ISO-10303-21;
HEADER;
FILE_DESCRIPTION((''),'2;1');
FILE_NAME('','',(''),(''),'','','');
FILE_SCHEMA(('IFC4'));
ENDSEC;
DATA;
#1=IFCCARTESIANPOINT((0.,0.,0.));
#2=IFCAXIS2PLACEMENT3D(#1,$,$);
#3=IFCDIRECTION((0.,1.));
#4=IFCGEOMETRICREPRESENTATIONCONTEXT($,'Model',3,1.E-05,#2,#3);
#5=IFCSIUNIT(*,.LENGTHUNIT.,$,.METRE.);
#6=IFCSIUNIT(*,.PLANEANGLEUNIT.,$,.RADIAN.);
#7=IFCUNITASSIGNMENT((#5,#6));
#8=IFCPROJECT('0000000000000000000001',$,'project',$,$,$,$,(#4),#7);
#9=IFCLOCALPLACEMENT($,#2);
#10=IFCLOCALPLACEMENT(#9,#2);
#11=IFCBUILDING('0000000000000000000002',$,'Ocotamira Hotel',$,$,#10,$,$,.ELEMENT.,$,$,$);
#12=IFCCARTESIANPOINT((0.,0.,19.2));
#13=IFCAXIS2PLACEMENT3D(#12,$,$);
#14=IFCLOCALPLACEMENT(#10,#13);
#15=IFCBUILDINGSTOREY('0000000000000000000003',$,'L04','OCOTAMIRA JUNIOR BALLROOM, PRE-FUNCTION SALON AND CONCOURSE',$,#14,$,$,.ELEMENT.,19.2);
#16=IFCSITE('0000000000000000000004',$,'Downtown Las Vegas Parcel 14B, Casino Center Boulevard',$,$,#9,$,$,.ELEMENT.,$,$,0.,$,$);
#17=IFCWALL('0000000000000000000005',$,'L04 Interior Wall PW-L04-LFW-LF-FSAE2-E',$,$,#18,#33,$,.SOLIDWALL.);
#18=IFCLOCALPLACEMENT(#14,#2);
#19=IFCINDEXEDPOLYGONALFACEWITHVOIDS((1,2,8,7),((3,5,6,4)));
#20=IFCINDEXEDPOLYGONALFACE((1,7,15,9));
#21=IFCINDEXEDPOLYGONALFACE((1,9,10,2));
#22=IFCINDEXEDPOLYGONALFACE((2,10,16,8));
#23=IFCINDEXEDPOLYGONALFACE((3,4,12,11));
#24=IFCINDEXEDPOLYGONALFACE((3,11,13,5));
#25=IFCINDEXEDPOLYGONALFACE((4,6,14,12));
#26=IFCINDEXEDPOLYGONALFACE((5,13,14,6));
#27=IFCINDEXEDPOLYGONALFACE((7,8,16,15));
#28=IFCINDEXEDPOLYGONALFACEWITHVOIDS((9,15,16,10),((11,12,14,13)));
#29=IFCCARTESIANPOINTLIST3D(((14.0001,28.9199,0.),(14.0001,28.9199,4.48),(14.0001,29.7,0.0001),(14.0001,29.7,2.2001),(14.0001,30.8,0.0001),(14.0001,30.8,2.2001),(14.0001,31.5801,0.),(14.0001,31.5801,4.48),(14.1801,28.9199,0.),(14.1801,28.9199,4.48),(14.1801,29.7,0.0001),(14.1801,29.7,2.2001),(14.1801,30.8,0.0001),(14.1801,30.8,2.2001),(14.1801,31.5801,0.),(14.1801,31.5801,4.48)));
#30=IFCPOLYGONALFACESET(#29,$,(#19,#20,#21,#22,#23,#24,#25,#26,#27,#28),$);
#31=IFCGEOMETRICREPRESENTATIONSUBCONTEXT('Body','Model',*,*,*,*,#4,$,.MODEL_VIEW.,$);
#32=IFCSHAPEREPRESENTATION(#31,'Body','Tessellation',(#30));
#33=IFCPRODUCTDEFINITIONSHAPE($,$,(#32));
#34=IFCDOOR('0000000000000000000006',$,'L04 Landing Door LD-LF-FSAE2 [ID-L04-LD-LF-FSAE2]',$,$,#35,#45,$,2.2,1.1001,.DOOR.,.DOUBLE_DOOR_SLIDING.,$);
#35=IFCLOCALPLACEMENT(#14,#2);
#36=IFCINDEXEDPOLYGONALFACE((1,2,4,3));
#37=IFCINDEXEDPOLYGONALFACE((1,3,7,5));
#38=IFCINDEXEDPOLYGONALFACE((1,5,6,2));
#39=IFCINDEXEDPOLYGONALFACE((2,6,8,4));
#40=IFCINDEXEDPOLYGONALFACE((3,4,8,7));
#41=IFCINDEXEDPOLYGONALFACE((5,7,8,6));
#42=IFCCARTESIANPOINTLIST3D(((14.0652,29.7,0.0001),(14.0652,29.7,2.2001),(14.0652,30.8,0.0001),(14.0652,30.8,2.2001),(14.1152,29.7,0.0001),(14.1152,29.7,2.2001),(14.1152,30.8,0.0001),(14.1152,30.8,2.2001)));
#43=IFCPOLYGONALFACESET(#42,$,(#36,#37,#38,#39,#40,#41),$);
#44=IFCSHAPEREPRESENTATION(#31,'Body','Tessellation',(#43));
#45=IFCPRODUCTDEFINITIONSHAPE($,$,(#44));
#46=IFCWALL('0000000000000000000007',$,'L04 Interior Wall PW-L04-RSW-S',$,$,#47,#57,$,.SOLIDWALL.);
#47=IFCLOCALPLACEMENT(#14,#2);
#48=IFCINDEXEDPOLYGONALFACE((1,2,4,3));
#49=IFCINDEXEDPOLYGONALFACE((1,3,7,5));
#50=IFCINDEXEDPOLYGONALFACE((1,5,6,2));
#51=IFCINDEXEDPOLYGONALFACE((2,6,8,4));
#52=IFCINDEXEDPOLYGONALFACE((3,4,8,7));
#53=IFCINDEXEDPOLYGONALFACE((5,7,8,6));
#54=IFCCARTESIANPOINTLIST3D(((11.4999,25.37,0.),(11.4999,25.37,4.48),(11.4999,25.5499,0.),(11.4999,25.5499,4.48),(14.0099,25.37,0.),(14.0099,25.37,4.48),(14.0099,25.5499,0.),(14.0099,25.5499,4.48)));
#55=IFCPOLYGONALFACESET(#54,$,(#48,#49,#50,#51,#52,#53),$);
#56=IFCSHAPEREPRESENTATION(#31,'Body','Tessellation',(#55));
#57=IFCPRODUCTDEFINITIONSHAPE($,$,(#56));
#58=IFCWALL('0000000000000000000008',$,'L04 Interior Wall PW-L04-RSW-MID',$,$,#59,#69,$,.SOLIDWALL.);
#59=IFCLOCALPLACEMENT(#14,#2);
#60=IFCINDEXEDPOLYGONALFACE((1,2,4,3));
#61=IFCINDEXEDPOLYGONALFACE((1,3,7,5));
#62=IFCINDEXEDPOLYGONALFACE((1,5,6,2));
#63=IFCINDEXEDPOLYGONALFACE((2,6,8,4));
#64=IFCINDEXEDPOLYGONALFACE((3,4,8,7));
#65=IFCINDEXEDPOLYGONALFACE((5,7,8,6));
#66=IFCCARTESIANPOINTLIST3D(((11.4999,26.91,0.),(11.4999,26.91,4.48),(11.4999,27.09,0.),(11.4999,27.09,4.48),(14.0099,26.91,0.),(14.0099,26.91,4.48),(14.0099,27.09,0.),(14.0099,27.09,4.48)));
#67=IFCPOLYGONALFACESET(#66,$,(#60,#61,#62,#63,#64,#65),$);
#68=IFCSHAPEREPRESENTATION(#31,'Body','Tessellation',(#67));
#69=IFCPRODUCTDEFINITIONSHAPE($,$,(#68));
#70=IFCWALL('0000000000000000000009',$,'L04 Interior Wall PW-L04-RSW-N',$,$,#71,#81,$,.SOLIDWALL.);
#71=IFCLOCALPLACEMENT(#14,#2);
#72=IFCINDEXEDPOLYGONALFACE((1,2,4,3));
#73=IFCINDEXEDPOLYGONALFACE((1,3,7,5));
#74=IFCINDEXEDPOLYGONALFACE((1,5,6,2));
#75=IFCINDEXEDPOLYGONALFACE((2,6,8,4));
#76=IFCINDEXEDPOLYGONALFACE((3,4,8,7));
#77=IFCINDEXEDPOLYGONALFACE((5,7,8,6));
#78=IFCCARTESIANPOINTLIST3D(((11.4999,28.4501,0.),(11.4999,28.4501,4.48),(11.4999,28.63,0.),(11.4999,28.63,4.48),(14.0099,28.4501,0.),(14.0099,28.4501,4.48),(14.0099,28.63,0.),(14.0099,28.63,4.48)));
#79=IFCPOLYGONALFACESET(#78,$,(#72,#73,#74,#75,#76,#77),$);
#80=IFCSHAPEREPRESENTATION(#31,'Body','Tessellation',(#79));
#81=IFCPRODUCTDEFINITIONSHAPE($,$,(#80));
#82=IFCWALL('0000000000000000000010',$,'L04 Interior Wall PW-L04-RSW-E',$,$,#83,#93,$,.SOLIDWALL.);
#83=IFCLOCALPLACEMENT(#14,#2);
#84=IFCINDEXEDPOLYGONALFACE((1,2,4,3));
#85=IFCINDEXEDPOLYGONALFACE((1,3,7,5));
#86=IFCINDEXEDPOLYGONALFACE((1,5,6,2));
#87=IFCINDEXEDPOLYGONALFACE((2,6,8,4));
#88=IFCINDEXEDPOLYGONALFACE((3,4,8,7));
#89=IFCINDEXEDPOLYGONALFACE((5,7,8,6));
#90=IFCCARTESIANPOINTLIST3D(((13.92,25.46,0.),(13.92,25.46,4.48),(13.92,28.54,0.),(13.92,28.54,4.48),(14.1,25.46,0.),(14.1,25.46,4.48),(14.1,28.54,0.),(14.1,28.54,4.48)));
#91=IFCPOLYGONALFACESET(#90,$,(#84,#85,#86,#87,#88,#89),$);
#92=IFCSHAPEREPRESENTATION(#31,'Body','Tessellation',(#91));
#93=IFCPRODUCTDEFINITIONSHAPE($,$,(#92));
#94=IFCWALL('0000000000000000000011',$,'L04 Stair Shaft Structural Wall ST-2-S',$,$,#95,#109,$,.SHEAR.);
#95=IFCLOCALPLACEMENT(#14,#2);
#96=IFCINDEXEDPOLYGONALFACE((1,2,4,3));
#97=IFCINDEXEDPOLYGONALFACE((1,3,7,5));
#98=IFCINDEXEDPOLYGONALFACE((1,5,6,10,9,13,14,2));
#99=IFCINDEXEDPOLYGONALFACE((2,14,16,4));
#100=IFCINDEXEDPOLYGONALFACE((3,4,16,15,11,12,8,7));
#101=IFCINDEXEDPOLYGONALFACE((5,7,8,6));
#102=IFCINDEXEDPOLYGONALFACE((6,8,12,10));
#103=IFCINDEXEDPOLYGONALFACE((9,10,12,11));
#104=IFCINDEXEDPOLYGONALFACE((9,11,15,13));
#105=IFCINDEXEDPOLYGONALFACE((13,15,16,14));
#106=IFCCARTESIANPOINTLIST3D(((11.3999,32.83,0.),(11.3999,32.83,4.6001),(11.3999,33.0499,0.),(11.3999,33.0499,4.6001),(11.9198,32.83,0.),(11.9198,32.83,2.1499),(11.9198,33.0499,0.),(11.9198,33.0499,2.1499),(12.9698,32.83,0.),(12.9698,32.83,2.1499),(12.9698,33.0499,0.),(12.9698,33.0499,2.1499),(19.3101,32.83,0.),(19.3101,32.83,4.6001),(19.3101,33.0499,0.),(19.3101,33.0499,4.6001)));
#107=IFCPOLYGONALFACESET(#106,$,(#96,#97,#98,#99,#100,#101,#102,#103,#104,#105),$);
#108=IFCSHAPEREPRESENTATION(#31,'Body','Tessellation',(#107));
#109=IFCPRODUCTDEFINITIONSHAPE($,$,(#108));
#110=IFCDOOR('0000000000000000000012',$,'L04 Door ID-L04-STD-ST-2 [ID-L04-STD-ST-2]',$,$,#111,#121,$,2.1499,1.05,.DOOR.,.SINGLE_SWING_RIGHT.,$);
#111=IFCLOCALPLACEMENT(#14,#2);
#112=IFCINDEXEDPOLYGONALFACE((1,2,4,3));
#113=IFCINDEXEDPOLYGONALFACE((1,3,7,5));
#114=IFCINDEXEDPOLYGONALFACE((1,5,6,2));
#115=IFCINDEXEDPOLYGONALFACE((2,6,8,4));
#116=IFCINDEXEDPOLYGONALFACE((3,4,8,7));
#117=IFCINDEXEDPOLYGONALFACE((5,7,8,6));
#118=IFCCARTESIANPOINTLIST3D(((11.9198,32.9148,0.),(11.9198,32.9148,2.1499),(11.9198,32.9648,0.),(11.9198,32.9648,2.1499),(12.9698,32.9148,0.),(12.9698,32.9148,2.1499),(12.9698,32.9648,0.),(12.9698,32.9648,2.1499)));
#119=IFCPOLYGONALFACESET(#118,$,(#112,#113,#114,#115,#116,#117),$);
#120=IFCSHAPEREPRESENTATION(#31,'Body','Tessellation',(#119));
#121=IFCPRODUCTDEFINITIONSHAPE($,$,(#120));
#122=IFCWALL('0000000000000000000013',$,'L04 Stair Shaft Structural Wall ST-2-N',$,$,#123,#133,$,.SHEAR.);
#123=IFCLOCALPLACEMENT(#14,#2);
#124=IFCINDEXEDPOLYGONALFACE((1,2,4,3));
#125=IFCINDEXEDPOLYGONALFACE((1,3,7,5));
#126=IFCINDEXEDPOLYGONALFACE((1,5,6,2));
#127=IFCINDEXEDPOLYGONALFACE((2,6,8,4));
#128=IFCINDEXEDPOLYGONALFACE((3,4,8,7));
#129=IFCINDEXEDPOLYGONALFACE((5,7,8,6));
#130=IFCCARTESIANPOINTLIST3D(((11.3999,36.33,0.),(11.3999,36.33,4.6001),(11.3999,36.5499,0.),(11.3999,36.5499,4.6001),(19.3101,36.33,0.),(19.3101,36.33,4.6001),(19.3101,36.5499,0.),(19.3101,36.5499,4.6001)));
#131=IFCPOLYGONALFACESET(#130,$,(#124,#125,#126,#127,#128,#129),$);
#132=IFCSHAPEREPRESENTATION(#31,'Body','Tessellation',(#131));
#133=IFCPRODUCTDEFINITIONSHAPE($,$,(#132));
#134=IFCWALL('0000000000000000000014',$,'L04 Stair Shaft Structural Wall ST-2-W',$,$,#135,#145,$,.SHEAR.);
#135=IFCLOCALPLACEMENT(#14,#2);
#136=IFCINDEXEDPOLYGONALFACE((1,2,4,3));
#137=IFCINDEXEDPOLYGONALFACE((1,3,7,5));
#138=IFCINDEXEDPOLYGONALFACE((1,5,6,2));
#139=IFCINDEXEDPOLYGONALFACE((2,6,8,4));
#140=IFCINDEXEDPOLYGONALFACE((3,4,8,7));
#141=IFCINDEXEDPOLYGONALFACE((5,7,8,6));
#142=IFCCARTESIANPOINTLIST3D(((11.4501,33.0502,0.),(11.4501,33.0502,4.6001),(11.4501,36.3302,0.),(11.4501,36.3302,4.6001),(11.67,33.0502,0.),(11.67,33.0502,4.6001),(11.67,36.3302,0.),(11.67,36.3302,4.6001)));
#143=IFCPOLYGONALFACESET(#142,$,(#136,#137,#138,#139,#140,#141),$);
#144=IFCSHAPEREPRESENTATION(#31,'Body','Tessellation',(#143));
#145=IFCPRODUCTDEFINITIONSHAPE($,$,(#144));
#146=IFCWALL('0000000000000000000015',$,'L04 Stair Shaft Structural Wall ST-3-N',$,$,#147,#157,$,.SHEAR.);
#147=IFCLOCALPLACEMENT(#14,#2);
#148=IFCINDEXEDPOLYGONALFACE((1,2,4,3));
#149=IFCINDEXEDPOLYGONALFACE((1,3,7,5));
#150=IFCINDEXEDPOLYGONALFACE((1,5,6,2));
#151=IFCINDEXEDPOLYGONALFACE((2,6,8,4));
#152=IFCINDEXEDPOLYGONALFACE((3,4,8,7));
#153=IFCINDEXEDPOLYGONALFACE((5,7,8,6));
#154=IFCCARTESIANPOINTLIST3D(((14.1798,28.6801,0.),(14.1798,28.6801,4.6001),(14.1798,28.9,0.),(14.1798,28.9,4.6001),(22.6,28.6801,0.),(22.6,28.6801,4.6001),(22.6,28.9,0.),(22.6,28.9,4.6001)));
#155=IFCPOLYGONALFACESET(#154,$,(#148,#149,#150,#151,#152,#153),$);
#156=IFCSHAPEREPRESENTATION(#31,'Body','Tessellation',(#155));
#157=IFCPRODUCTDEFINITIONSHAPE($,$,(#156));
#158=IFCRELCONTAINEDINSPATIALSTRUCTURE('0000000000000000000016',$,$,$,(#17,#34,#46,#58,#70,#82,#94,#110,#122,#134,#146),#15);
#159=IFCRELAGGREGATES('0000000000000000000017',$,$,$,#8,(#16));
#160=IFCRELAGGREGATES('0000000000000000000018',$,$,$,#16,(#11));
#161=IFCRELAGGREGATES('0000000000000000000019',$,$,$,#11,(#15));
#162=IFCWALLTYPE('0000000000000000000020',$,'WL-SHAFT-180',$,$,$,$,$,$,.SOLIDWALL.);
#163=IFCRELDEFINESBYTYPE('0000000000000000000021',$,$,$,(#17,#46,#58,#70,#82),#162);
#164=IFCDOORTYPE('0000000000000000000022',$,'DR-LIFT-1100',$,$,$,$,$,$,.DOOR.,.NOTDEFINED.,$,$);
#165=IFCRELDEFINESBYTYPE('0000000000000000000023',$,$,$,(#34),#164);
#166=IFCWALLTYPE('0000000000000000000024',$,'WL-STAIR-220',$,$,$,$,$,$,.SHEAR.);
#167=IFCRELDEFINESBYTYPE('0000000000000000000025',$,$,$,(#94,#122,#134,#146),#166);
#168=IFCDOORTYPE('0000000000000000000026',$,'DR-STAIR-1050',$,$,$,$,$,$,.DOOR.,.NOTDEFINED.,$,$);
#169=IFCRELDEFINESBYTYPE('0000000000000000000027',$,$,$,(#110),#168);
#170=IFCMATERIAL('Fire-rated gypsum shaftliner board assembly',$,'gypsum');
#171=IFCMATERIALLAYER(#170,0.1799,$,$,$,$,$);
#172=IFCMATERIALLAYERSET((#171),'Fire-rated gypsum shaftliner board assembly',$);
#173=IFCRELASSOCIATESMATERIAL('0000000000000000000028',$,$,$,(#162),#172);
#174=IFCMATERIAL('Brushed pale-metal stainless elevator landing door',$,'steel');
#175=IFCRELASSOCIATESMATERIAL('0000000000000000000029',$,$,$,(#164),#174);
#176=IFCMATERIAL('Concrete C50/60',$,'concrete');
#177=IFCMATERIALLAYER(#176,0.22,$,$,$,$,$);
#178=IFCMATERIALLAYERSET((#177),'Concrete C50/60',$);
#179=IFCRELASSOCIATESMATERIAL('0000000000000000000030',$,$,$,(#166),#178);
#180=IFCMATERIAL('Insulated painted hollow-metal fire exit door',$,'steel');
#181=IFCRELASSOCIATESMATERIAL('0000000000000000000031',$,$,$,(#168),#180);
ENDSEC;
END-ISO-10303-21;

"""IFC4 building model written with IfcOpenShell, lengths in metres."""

from ifc_helpers import new_model, si_unit, direction, frame, frame_2d, origin, place, context, subcontext, project, spatial, rectangle, extrude, source, transform, mapped, material, layer, layer_set, type_object, element, fill, save


model = new_model("IFC4")

# Units and contexts
model_context = context("Model", 3, precision=1e-05, world=origin(), true_north=direction((0.0, 1.0)))
body_context = subcontext(model_context, "Body", "Model", "MODEL_VIEW")
ifc_project = project(units=[si_unit("LENGTHUNIT", "METRE"), si_unit("PLANEANGLEUNIT", "RADIAN")], contexts=[model_context])

# Site, building, storey
site_placement = place(None, origin())
site = spatial("IfcSite", under=ifc_project, at=site_placement, Name="Downtown Las Vegas Parcel 14B, Casino Center Boulevard", CompositionType="ELEMENT", RefElevation=0.0)
building_placement = place(site_placement, origin())
building = spatial("IfcBuilding", under=site, at=building_placement, Name="Ocotamira Hotel", CompositionType="ELEMENT")
storey_placement = place(building_placement, frame((0.0, 0.0, 19.2)))
storey = spatial("IfcBuildingStorey", under=building, at=storey_placement, Name="L04", Description="OCOTAMIRA JUNIOR BALLROOM, PRE-FUNCTION SALON AND CONCOURSE", CompositionType="ELEMENT", Elevation=19.2)

# Shared definitions
ifc_material_1 = material(Name="Concrete C50/60", Category="concrete")

# Shared definitions
ifc_material_2 = material(Name="Fire-rated gypsum shaftliner board assembly", Category="gypsum")
ifc_layer_1 = layer(ifc_material_2, 0.1799)
ifc_layer_set_1 = layer_set([ifc_layer_1], Name="Fire-rated gypsum shaftliner board assembly")
wall_type_1 = type_object("IfcWallType", Name="WL-SHAFT-180", PredefinedType="SOLIDWALL", material=ifc_layer_set_1)

# Wall, opening, door
wall_1_placement = place(storey_placement, frame((14.0901, 28.9199, 0.0), z_axis=(0.0, 0.0, 1.0), x_axis=(0.0, 1.0, 0.0)))
wall_1 = element("IfcWall", 1, at=wall_1_placement, inside=storey, type_object=wall_type_1, Name="L04 Interior Wall PW-L04-LFW-LF-FSAE2-E", PredefinedType="SOLIDWALL", context=body_context, shape_type="SweptSolid", body=[
    extrude(rectangle(XDim=2.6602, YDim=0.1799, at=frame_2d((1.3301, 0.0))), origin(), (0.0, 0.0, 1.0), 4.48),
])
opening_1_placement = place(wall_1_placement, frame((0.78, 0.0, 0.0)))
opening_1 = element("IfcOpeningElement", 2, at=opening_1_placement, cuts=wall_1, PredefinedType="OPENING", context=body_context, shape_type="SweptSolid", body=[
    extrude(rectangle(XDim=1.1001, YDim=2.2, at=frame_2d((0.55, 1.1001))), frame((0.0, 0.1001, 0.0), z_axis=(0.0, -1.0, 0.0), x_axis=(1.0, 0.0, 0.0)), (0.0, 0.0, 1.0), 0.2),
])
ifc_material_3 = material(Name="Brushed pale-metal stainless elevator landing door", Category="steel")
door_type_1 = type_object("IfcDoorType", Name="DR-LIFT-1100", OperationType="NOTDEFINED", PredefinedType="DOOR", material=ifc_material_3)
shared_shape_1 = source(origin(), body_context, "Body", "SweptSolid", [
    extrude(rectangle(XDim=1.1001, YDim=2.2, at=frame_2d((0.55, 1.1001))), frame((0.0, 0.0249, 0.0), z_axis=(0.0, -1.0, 0.0), x_axis=(1.0, 0.0, 0.0)), (0.0, 0.0, 1.0), 0.05),
])
door_1_placement = place(opening_1_placement, origin())
door_1 = element("IfcDoor", 3, at=door_1_placement, inside=storey, type_object=door_type_1, Name="L04 Landing Door LD-LF-FSAE2 [ID-L04-LD-LF-FSAE2]", OperationType="DOUBLE_DOOR_SLIDING", OverallHeight=2.2, OverallWidth=1.1001, PredefinedType="DOOR", context=body_context, shape_type="MappedRepresentation", body=[
    mapped(shared_shape_1, transform((0.0, 0.0, 0.0), scale=1.0)),
])
fill(opening_1, door_1)

# Walls
for number, where, z_axis, x_axis, name in (
    (4, (11.5, 25.46, 0.0), (0.0, 0.0, 1.0), (1.0, 0.0, 0.0), "L04 Interior Wall PW-L04-RSW-S"),
    (5, (11.5, 27.0, 0.0), (0.0, 0.0, 1.0), (1.0, 0.0, 0.0), "L04 Interior Wall PW-L04-RSW-MID"),
    (6, (11.5, 28.54, 0.0), (0.0, 0.0, 1.0), (1.0, 0.0, 0.0), "L04 Interior Wall PW-L04-RSW-N"),
):
    element("IfcWall", number, at=place(storey_placement, frame(where, z_axis=z_axis, x_axis=x_axis)), inside=storey, type_object=wall_type_1, Name=name, PredefinedType="SOLIDWALL", context=body_context, shape_type="SweptSolid", body=[
        extrude(rectangle(XDim=2.51, YDim=0.1799, at=frame_2d((1.2549, 0.0))), origin(), (0.0, 0.0, 1.0), 4.48),
    ])
wall_2_placement = place(storey_placement, frame((14.01, 25.46, 0.0), z_axis=(0.0, 0.0, 1.0), x_axis=(0.0, 1.0, 0.0)))
element("IfcWall", 7, at=wall_2_placement, inside=storey, type_object=wall_type_1, Name="L04 Interior Wall PW-L04-RSW-E", PredefinedType="SOLIDWALL", context=body_context, shape_type="SweptSolid", body=[
    extrude(rectangle(XDim=3.0801, YDim=0.1799, at=frame_2d((1.54, 0.0))), origin(), (0.0, 0.0, 1.0), 4.48),
])

# Wall, opening, door
ifc_layer_2 = layer(ifc_material_1, 0.22)
ifc_layer_set_2 = layer_set([ifc_layer_2], Name="Concrete C50/60")
wall_type_2 = type_object("IfcWallType", Name="WL-STAIR-220", PredefinedType="SHEAR", material=ifc_layer_set_2)
wall_3_placement = place(storey_placement, frame((11.3999, 32.9399, 0.0), z_axis=(0.0, 0.0, 1.0), x_axis=(1.0, 0.0, 0.0)))
wall_3 = element("IfcWall", 8, at=wall_3_placement, inside=storey, type_object=wall_type_2, Name="L04 Stair Shaft Structural Wall ST-2-S", PredefinedType="SHEAR", context=body_context, shape_type="SweptSolid", body=[
    extrude(rectangle(XDim=7.9102, YDim=0.22, at=frame_2d((3.9551, 0.0))), origin(), (0.0, 0.0, 1.0), 4.6001),
])
opening_2_placement = place(wall_3_placement, frame((0.52, 0.0, 0.0)))
opening_2 = element("IfcOpeningElement", 9, at=opening_2_placement, cuts=wall_3, PredefinedType="OPENING", context=body_context, shape_type="SweptSolid", body=[
    extrude(rectangle(XDim=1.05, YDim=2.1499, at=frame_2d((0.5249, 1.075))), frame((0.0, 0.1201, 0.0), z_axis=(0.0, -1.0, 0.0), x_axis=(1.0, 0.0, 0.0)), (0.0, 0.0, 1.0), 0.24),
])
ifc_material_4 = material(Name="Insulated painted hollow-metal fire exit door", Category="steel")
door_type_2 = type_object("IfcDoorType", Name="DR-STAIR-1050", OperationType="NOTDEFINED", PredefinedType="DOOR", material=ifc_material_4)
shared_shape_2 = source(origin(), body_context, "Body", "SweptSolid", [
    extrude(rectangle(XDim=1.05, YDim=2.1499, at=frame_2d((0.5249, 1.075))), frame((0.0, 0.0249, 0.0), z_axis=(0.0, -1.0, 0.0), x_axis=(1.0, 0.0, 0.0)), (0.0, 0.0, 1.0), 0.05),
])
door_2_placement = place(opening_2_placement, origin())
door_2 = element("IfcDoor", 10, at=door_2_placement, inside=storey, type_object=door_type_2, Name="L04 Door ID-L04-STD-ST-2 [ID-L04-STD-ST-2]", OperationType="SINGLE_SWING_RIGHT", OverallHeight=2.1499, OverallWidth=1.05, PredefinedType="DOOR", context=body_context, shape_type="MappedRepresentation", body=[
    mapped(shared_shape_2, transform((0.0, 0.0, 0.0), scale=1.0)),
])
fill(opening_2, door_2)

# Walls
wall_4_placement = place(storey_placement, frame((11.3999, 36.4399, 0.0), z_axis=(0.0, 0.0, 1.0), x_axis=(1.0, 0.0, 0.0)))
element("IfcWall", 11, at=wall_4_placement, inside=storey, type_object=wall_type_2, Name="L04 Stair Shaft Structural Wall ST-2-N", PredefinedType="SHEAR", context=body_context, shape_type="SweptSolid", body=[
    extrude(rectangle(XDim=7.9102, YDim=0.22, at=frame_2d((3.9551, 0.0))), origin(), (0.0, 0.0, 1.0), 4.6001),
])
wall_5_placement = place(storey_placement, frame((11.5601, 33.05, 0.0), z_axis=(0.0, 0.0, 1.0), x_axis=(0.0, 1.0, 0.0)))
element("IfcWall", 12, at=wall_5_placement, inside=storey, type_object=wall_type_2, Name="L04 Stair Shaft Structural Wall ST-2-W", PredefinedType="SHEAR", context=body_context, shape_type="SweptSolid", body=[
    extrude(rectangle(XDim=3.28, YDim=0.22, at=frame_2d((1.6401, 0.0))), origin(), (0.0, 0.0, 1.0), 4.6001),
])
wall_6_placement = place(storey_placement, frame((14.1799, 28.79, 0.0), z_axis=(0.0, 0.0, 1.0), x_axis=(1.0, 0.0, 0.0)))
element("IfcWall", 13, at=wall_6_placement, inside=storey, type_object=wall_type_2, Name="L04 Stair Shaft Structural Wall ST-3-N", PredefinedType="SHEAR", context=body_context, shape_type="SweptSolid", body=[
    extrude(rectangle(XDim=8.4202, YDim=0.22, at=frame_2d((4.21, 0.0))), origin(), (0.0, 0.0, 1.0), 4.6001),
])

save(model, "model.ifc")
